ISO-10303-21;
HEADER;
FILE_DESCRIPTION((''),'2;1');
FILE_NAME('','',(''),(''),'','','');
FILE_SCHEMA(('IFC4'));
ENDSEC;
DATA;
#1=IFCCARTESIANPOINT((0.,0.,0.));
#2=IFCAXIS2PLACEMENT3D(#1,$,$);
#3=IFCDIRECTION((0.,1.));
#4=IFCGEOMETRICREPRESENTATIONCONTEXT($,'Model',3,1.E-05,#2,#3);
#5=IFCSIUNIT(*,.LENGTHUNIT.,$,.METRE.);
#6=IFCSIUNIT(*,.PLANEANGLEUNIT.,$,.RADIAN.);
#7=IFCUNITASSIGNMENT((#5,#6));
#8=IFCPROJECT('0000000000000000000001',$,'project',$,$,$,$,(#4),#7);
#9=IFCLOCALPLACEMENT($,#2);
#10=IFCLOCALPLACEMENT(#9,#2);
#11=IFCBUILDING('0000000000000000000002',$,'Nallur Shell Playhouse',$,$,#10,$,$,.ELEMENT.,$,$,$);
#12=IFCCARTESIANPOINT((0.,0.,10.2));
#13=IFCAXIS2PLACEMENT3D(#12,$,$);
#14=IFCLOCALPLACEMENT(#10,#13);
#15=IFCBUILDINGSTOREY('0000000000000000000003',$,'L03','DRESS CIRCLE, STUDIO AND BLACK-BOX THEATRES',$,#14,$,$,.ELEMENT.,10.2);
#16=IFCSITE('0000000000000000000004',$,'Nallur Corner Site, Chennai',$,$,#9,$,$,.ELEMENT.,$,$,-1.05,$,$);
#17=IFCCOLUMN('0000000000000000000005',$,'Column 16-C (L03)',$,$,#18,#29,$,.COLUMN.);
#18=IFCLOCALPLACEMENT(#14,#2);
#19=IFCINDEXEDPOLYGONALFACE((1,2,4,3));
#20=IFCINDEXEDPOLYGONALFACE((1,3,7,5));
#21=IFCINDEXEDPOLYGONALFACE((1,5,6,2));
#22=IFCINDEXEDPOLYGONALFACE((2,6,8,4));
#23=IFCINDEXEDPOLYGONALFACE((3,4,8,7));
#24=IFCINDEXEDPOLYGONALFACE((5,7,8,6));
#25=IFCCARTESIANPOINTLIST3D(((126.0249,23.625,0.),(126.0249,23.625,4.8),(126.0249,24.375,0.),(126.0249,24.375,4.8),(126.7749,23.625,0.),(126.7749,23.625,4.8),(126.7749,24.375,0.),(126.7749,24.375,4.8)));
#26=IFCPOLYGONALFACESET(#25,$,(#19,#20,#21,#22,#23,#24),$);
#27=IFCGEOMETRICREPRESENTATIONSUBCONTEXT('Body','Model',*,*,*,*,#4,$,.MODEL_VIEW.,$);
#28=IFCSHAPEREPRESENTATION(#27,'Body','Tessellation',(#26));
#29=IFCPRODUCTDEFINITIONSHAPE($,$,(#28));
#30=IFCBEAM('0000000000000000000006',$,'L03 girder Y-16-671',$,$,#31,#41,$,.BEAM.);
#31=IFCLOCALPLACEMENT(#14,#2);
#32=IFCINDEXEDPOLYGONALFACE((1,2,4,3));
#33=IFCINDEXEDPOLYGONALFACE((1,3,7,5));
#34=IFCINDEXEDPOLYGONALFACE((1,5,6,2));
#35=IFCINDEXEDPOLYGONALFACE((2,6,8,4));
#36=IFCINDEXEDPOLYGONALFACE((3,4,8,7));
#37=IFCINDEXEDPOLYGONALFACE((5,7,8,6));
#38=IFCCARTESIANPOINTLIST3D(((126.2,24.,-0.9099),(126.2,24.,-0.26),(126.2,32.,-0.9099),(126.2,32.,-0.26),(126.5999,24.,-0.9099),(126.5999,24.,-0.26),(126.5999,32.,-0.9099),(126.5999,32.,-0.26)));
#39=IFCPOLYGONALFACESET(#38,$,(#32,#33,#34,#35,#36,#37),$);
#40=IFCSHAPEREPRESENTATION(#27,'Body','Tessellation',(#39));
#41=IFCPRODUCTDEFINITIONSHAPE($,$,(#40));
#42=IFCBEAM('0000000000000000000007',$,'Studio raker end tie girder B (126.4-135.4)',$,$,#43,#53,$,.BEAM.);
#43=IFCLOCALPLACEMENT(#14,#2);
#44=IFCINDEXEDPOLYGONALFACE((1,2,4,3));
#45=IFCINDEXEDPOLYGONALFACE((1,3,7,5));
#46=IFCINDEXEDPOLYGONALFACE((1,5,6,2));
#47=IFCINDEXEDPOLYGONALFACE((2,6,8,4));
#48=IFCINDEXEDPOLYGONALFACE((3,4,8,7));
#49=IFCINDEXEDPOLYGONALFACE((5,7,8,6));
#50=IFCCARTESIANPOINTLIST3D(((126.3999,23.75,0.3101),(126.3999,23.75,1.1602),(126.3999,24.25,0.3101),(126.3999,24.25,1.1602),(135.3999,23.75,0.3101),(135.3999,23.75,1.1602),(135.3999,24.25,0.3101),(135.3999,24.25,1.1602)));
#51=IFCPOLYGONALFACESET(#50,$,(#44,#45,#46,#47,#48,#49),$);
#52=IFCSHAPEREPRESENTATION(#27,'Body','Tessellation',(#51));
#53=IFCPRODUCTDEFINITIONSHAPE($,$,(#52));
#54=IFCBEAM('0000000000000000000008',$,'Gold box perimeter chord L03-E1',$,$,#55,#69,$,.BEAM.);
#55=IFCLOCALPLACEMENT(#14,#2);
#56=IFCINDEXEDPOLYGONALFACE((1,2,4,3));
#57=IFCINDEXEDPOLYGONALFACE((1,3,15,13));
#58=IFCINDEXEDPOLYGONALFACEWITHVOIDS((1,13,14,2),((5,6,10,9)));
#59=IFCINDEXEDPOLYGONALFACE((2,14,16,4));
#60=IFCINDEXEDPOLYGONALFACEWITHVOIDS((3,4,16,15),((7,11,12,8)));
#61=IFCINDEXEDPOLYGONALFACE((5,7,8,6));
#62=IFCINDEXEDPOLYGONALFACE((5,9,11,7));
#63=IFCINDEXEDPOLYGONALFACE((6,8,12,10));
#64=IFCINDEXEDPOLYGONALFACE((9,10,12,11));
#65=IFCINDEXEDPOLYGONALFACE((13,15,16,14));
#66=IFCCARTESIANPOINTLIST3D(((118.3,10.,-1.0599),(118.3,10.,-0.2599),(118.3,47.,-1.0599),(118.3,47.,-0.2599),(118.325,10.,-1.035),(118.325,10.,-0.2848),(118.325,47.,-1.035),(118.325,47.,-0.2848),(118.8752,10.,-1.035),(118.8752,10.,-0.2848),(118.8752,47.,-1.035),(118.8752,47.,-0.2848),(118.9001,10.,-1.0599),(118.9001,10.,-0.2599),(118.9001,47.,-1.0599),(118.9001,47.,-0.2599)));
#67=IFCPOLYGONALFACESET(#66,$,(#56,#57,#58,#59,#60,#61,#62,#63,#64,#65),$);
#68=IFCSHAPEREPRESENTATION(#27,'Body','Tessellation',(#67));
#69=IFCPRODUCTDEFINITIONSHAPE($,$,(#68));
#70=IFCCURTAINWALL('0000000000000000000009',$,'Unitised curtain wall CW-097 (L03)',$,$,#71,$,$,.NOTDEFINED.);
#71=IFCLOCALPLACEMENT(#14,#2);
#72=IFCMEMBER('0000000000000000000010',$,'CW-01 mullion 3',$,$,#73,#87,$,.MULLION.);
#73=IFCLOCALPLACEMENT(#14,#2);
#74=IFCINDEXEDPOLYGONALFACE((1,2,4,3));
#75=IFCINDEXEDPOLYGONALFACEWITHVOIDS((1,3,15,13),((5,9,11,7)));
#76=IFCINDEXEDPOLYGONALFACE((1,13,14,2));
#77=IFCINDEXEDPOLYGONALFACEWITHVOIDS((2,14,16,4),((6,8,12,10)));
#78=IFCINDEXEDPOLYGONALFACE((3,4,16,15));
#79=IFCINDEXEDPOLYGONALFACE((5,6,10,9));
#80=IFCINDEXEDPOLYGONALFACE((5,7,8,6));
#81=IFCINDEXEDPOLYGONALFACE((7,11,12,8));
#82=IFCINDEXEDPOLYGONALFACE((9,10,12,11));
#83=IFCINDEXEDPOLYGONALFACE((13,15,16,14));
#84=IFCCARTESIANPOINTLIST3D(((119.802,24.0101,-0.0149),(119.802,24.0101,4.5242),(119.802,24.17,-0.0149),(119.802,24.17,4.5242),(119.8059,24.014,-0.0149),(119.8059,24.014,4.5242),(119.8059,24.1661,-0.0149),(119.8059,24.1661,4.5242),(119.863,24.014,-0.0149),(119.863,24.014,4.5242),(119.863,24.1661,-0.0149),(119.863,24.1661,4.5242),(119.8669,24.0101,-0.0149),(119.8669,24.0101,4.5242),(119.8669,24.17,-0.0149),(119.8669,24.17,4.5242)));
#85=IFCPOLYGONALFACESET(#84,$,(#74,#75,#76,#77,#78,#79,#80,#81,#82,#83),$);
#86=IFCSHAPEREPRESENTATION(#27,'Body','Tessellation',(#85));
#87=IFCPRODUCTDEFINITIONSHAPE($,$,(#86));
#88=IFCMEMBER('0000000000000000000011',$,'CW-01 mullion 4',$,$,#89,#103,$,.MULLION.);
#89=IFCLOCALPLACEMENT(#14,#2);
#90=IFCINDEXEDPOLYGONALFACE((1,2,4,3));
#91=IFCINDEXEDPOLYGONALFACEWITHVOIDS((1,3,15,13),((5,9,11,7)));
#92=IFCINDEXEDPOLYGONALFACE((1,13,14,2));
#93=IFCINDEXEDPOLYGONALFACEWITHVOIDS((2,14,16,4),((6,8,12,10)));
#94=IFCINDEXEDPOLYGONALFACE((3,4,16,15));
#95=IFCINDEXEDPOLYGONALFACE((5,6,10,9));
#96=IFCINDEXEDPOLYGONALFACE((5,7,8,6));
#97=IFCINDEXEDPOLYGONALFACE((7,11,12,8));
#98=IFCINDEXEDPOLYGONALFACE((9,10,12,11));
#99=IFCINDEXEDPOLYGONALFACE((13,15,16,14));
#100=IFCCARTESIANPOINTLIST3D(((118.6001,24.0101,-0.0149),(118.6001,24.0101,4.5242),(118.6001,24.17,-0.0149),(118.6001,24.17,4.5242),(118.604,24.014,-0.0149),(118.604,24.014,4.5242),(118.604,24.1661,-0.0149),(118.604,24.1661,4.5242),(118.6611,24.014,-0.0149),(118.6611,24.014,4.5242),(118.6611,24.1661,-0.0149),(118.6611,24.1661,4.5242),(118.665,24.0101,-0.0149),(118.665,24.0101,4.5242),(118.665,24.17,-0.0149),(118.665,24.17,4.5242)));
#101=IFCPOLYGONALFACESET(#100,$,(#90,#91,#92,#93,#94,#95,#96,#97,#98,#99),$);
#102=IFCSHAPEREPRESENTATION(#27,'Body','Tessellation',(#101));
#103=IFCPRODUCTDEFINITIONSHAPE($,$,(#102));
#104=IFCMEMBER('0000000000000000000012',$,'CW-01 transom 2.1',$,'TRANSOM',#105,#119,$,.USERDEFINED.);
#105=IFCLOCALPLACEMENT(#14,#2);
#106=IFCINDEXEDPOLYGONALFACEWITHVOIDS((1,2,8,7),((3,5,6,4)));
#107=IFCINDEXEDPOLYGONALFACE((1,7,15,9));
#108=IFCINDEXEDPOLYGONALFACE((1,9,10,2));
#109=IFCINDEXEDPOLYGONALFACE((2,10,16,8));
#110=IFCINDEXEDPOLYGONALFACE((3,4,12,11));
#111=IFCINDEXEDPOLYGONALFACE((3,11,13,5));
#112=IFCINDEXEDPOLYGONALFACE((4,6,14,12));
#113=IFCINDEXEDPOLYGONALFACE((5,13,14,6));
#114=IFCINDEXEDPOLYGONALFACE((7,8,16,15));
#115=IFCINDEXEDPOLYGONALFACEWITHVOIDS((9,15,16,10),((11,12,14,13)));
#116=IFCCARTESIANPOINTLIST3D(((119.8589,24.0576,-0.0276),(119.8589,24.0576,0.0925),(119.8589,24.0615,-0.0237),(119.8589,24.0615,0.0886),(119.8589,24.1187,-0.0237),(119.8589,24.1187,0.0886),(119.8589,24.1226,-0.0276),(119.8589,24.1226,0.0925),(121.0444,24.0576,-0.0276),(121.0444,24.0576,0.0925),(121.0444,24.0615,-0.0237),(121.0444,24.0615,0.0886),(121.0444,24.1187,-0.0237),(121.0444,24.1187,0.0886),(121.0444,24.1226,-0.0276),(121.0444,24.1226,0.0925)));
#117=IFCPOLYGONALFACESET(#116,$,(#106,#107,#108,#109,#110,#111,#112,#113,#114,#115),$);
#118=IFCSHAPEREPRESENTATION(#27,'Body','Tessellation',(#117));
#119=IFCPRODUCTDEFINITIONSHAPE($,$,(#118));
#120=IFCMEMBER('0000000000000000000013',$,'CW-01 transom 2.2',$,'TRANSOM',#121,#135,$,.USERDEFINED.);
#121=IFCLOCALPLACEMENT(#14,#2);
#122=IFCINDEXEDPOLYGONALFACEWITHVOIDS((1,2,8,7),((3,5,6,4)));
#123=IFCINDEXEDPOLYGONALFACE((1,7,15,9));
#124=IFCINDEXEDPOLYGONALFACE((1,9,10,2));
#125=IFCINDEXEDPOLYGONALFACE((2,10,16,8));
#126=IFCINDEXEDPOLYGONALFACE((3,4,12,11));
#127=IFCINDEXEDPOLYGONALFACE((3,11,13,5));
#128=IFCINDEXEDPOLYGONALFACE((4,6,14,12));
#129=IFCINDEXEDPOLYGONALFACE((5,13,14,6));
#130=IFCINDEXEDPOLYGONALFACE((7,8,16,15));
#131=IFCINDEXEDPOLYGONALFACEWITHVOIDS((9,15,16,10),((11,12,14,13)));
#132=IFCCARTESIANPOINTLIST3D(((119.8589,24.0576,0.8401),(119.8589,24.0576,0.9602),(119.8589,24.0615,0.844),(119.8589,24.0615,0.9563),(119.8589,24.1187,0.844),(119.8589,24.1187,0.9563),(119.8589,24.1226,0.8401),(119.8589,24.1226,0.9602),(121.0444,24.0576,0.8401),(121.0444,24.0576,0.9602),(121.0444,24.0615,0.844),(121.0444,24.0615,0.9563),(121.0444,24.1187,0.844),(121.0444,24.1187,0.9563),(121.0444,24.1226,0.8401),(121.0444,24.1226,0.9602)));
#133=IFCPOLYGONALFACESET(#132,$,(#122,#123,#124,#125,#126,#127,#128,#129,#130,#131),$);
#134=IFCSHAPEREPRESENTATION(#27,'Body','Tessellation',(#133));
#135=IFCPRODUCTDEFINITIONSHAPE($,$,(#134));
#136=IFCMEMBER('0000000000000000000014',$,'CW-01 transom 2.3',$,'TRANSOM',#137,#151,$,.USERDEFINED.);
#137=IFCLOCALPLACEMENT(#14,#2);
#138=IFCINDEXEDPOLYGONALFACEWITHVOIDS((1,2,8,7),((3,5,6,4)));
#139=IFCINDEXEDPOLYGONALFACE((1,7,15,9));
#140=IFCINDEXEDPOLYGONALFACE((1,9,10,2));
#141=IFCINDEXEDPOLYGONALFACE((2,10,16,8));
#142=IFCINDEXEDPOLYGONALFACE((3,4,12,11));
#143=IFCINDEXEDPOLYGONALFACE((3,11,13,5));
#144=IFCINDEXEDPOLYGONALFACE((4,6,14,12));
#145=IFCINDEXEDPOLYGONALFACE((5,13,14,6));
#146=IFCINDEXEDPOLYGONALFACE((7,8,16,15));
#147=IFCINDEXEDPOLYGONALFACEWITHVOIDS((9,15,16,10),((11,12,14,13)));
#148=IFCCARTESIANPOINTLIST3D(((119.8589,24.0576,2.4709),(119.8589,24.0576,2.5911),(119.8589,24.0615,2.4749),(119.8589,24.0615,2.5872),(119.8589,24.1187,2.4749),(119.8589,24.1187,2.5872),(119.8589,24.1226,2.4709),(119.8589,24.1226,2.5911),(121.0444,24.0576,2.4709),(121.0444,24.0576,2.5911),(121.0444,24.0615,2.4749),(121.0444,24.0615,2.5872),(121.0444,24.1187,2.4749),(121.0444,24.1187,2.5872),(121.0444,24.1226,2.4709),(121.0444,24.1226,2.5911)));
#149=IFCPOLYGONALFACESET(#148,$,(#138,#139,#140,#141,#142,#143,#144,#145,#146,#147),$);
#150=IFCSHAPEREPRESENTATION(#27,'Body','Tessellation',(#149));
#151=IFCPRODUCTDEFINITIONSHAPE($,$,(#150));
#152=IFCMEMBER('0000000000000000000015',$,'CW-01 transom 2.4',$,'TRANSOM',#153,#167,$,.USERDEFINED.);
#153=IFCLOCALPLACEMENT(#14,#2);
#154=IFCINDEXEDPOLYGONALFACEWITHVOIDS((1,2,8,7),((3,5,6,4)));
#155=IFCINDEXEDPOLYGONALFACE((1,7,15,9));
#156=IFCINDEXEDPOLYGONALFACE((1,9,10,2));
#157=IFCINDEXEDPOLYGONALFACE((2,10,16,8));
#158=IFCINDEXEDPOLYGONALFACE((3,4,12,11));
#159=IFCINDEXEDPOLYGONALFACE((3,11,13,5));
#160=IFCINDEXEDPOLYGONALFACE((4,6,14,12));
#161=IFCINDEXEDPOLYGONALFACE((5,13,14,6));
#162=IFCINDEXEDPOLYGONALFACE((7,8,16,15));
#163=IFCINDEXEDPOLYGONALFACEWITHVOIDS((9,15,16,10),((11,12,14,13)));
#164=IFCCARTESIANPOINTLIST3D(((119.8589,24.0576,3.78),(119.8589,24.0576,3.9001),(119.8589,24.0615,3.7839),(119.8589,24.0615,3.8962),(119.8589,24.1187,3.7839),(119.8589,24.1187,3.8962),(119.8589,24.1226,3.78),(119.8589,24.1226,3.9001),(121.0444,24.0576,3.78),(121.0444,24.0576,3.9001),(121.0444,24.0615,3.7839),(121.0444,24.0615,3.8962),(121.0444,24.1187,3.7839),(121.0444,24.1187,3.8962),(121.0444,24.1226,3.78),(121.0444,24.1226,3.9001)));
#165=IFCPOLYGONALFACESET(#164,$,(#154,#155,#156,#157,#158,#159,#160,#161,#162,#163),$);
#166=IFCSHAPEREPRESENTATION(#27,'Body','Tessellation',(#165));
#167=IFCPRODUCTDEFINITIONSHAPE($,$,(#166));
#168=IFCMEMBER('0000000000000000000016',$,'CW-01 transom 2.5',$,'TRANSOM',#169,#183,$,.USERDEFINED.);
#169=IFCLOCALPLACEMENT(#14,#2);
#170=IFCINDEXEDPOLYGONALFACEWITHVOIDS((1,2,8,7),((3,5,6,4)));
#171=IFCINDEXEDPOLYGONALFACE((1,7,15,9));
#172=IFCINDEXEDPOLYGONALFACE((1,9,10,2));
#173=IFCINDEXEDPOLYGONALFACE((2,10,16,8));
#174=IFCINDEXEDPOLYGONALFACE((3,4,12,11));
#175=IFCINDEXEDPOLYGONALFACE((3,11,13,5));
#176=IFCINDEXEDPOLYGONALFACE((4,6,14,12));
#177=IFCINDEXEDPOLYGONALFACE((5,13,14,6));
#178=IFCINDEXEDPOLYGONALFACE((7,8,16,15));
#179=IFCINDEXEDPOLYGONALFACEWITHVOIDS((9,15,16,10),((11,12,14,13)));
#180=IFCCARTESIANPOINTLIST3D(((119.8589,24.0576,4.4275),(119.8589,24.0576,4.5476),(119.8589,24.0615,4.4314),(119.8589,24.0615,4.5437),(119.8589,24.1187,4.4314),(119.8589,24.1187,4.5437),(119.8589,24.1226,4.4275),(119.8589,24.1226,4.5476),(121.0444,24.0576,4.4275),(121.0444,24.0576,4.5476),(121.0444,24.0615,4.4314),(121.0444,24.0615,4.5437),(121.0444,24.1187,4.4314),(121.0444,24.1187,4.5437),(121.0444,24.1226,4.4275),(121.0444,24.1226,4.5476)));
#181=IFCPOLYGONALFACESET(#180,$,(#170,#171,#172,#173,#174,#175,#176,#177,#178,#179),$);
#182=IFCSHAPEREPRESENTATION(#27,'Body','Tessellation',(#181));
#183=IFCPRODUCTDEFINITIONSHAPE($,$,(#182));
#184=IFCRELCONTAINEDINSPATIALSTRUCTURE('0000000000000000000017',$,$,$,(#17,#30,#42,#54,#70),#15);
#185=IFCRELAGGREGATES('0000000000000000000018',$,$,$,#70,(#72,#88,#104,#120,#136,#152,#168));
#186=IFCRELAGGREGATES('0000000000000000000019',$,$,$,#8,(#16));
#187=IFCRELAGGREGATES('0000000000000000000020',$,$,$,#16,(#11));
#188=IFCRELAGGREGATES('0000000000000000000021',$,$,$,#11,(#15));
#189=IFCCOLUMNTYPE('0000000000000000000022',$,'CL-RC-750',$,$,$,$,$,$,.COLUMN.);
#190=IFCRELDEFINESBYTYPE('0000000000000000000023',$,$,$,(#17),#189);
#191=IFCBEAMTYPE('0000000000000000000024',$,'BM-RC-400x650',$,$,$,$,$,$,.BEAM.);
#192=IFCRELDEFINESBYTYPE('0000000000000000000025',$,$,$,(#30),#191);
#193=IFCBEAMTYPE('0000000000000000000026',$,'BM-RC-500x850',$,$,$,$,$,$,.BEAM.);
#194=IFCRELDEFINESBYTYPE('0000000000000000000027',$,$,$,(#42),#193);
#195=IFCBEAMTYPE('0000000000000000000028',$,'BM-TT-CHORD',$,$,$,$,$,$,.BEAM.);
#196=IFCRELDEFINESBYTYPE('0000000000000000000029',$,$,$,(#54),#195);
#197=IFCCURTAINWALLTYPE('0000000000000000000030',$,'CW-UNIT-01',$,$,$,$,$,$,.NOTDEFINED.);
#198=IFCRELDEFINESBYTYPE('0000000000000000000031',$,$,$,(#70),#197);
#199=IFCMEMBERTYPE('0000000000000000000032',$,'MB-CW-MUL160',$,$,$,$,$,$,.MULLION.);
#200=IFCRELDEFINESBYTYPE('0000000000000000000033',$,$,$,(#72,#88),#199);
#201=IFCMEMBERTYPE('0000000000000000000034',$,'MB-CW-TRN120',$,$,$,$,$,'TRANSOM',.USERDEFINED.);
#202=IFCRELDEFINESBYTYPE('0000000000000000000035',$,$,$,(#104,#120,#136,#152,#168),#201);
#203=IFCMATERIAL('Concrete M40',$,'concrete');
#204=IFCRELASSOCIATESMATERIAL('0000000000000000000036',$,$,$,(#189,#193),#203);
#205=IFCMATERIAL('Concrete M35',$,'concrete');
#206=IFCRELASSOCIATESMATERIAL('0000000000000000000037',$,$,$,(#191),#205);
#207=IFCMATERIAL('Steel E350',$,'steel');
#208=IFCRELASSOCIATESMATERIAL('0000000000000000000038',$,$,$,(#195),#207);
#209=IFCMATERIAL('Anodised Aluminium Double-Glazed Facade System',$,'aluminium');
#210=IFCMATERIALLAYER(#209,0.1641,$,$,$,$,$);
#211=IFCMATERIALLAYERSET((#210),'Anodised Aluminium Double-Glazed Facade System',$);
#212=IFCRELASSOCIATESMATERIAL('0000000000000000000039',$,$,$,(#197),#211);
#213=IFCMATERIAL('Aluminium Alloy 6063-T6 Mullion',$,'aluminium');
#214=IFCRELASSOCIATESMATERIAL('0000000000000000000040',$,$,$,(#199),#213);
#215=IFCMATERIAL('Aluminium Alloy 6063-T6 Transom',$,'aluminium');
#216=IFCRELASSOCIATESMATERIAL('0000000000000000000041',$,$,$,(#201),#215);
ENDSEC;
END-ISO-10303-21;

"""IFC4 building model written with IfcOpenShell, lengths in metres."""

from ifc_helpers import new_model, si_unit, direction, frame, origin, origin_2d, place, context, subcontext, project, spatial, rectangle, hollow_rectangle, extrude, material, layer, layer_set, material_profile, profile_set, type_object, element, aggregate, save


model = new_model("IFC4")

# Units and contexts
model_context = context("Model", 3, precision=1e-05, world=origin(), true_north=direction((0.0, 1.0)))
body_context = subcontext(model_context, "Body", "Model", "MODEL_VIEW")
ifc_project = project(units=[si_unit("LENGTHUNIT", "METRE"), si_unit("PLANEANGLEUNIT", "RADIAN")], contexts=[model_context])

# Site, building, storey
site_placement = place(None, origin())
site = spatial("IfcSite", under=ifc_project, at=site_placement, Name="Nallur Corner Site, Chennai", CompositionType="ELEMENT", RefElevation=-1.05)
building_placement = place(site_placement, origin())
building = spatial("IfcBuilding", under=site, at=building_placement, Name="Nallur Shell Playhouse", CompositionType="ELEMENT")
storey_placement = place(building_placement, frame((0.0, 0.0, 10.2)))
storey = spatial("IfcBuildingStorey", under=building, at=storey_placement, Name="L03", Description="DRESS CIRCLE, STUDIO AND BLACK-BOX THEATRES", CompositionType="ELEMENT", Elevation=10.2)

# Column
ifc_material_1 = material(Name="Concrete M40", Category="concrete")
ifc_material_profile_1 = material_profile(ifc_material_1, rectangle(XDim=0.75, YDim=0.75, at=origin_2d()), Name="RC 750x750")
ifc_profile_set_1 = profile_set([ifc_material_profile_1], Name="Concrete M40")
column_type = type_object("IfcColumnType", Name="CL-RC-750", PredefinedType="COLUMN", material=ifc_profile_set_1)
column_placement = place(storey_placement, frame((126.3999, 24.0, 0.0), z_axis=(0.0, 0.0, 1.0), x_axis=(1.0, 0.0, 0.0)))
element("IfcColumn", 1, at=column_placement, inside=storey, type_object=column_type, Name="Column 16-C (L03)", PredefinedType="COLUMN", context=body_context, shape_type="SweptSolid", body=[
    extrude(rectangle(XDim=0.75, YDim=0.75, at=origin_2d()), origin(), (0.0, 0.0, 1.0), 4.8),
])

# Beams
ifc_material_2 = material(Name="Concrete M35", Category="concrete")
ifc_material_profile_2 = material_profile(ifc_material_2, rectangle(XDim=0.3999, YDim=0.6499, at=origin_2d()), Name="RC 400x650")
ifc_profile_set_2 = profile_set([ifc_material_profile_2], Name="Concrete M35")
beam_type_1 = type_object("IfcBeamType", Name="BM-RC-400x650", PredefinedType="BEAM", material=ifc_profile_set_2)
beam_1_placement = place(storey_placement, frame((126.3999, 24.0, -0.585), z_axis=(0.0, 1.0, 0.0), x_axis=(-1.0, 0.0, 0.0)))
element("IfcBeam", 2, at=beam_1_placement, inside=storey, type_object=beam_type_1, Name="L03 girder Y-16-671", PredefinedType="BEAM", context=body_context, shape_type="SweptSolid", body=[
    extrude(rectangle(XDim=0.3999, YDim=0.6499, at=origin_2d()), origin(), (0.0, 0.0, 1.0), 8.0),
])
ifc_material_profile_3 = material_profile(ifc_material_1, rectangle(XDim=0.5, YDim=0.8501, at=origin_2d()), Name="RC 500x850")
ifc_profile_set_3 = profile_set([ifc_material_profile_3], Name="Concrete M40")
beam_type_2 = type_object("IfcBeamType", Name="BM-RC-500x850", PredefinedType="BEAM", material=ifc_profile_set_3)
beam_2_placement = place(storey_placement, frame((126.3999, 24.0, 0.7351), z_axis=(1.0, 0.0, 0.0), x_axis=(0.0, 1.0, 0.0)))
element("IfcBeam", 3, at=beam_2_placement, inside=storey, type_object=beam_type_2, Name="Studio raker end tie girder B (126.4-135.4)", PredefinedType="BEAM", context=body_context, shape_type="SweptSolid", body=[
    extrude(rectangle(XDim=0.5, YDim=0.8501, at=origin_2d()), origin(), (0.0, 0.0, 1.0), 9.0),
])
ifc_material_3 = material(Name="Steel E350", Category="steel")
ifc_material_profile_4 = material_profile(ifc_material_3, hollow_rectangle(XDim=0.6001, YDim=0.8, WallThickness=0.0249, at=origin_2d()), Name="BOX 600x800x25")
ifc_profile_set_4 = profile_set([ifc_material_profile_4], Name="Steel E350")
beam_type_3 = type_object("IfcBeamType", Name="BM-TT-CHORD", PredefinedType="BEAM", material=ifc_profile_set_4)
beam_3_placement = place(storey_placement, frame((118.6001, 10.0, -0.6599), z_axis=(0.0, 1.0, 0.0), x_axis=(-1.0, 0.0, 0.0)))
element("IfcBeam", 4, at=beam_3_placement, inside=storey, type_object=beam_type_3, Name="Gold box perimeter chord L03-E1", PredefinedType="BEAM", context=body_context, shape_type="SweptSolid", body=[
    extrude(hollow_rectangle(XDim=0.6001, YDim=0.8, WallThickness=0.0249, at=origin_2d()), origin(), (0.0, 0.0, 1.0), 37.0),
])

# Curtain wall, members
ifc_material_4 = material(Name="Anodised Aluminium Double-Glazed Facade System", Category="aluminium")
ifc_layer_1 = layer(ifc_material_4, 0.1641)
ifc_layer_set_1 = layer_set([ifc_layer_1], Name="Anodised Aluminium Double-Glazed Facade System")
curtain_wall_type = type_object("IfcCurtainWallType", Name="CW-UNIT-01", PredefinedType="NOTDEFINED", material=ifc_layer_set_1)
curtain_wall_placement = place(storey_placement, origin())
curtain_wall = element("IfcCurtainWall", 5, at=curtain_wall_placement, inside=storey, type_object=curtain_wall_type, Name="Unitised curtain wall CW-097 (L03)", PredefinedType="NOTDEFINED")
ifc_material_5 = material(Name="Aluminium Alloy 6063-T6 Mullion", Category="aluminium")
ifc_material_profile_5 = material_profile(ifc_material_5, hollow_rectangle(XDim=0.0649, YDim=0.1599, WallThickness=0.0039, at=origin_2d()), Name="ALU 65x160x4")
ifc_profile_set_5 = profile_set([ifc_material_profile_5], Name="Aluminium Alloy 6063-T6 Mullion")
member_type_1 = type_object("IfcMemberType", Name="MB-CW-MUL160", PredefinedType="MULLION", material=ifc_profile_set_5)
member_1_placement = place(storey_placement, frame((119.8345, 24.0901, -0.0149), z_axis=(0.0, 0.0, 1.0), x_axis=(-1.0, 0.0, 0.0)))
member_1 = element("IfcMember", 6, at=member_1_placement, type_object=member_type_1, Name="CW-01 mullion 3", PredefinedType="MULLION", context=body_context, shape_type="SweptSolid", body=[
    extrude(hollow_rectangle(XDim=0.0649, YDim=0.1599, WallThickness=0.0039, at=origin_2d()), origin(), (0.0, 0.0, 1.0), 4.5391),
])
member_2_placement = place(storey_placement, frame((118.6326, 24.0901, -0.0149), z_axis=(0.0, 0.0, 1.0), x_axis=(-1.0, 0.0, 0.0)))
member_2 = element("IfcMember", 7, at=member_2_placement, type_object=member_type_1, Name="CW-01 mullion 4", PredefinedType="MULLION", context=body_context, shape_type="SweptSolid", body=[
    extrude(hollow_rectangle(XDim=0.0649, YDim=0.1599, WallThickness=0.0039, at=origin_2d()), origin(), (0.0, 0.0, 1.0), 4.5391),
])
ifc_material_6 = material(Name="Aluminium Alloy 6063-T6 Transom", Category="aluminium")
ifc_material_profile_6 = material_profile(ifc_material_6, hollow_rectangle(XDim=0.0649, YDim=0.1201, WallThickness=0.0039, at=origin_2d()), Name="ALU 65x120x4")
ifc_profile_set_6 = profile_set([ifc_material_profile_6], Name="Aluminium Alloy 6063-T6 Transom")
member_type_2 = type_object("IfcMemberType", Name="MB-CW-TRN120", ElementType="TRANSOM", PredefinedType="USERDEFINED", material=ifc_profile_set_6)
member_3_placement = place(storey_placement, frame((121.0444, 24.0901, 0.0325), z_axis=(-1.0, 0.0, 0.0), x_axis=(0.0, -1.0, 0.0)))
member_3 = element("IfcMember", 8, at=member_3_placement, type_object=member_type_2, Name="CW-01 transom 2.1", ObjectType="TRANSOM", PredefinedType="USERDEFINED", context=body_context, shape_type="SweptSolid", body=[
    extrude(hollow_rectangle(XDim=0.0649, YDim=0.1201, WallThickness=0.0039, at=origin_2d()), origin(), (0.0, 0.0, 1.0), 1.1855),
])
member_4_placement = place(storey_placement, frame((121.0444, 24.0901, 0.9001), z_axis=(-1.0, 0.0, 0.0), x_axis=(0.0, -1.0, 0.0)))
member_4 = element("IfcMember", 9, at=member_4_placement, type_object=member_type_2, Name="CW-01 transom 2.2", ObjectType="TRANSOM", PredefinedType="USERDEFINED", context=body_context, shape_type="SweptSolid", body=[
    extrude(hollow_rectangle(XDim=0.0649, YDim=0.1201, WallThickness=0.0039, at=origin_2d()), origin(), (0.0, 0.0, 1.0), 1.1855),
])
member_5_placement = place(storey_placement, frame((121.0444, 24.0901, 2.531), z_axis=(-1.0, 0.0, 0.0), x_axis=(0.0, -1.0, 0.0)))
member_5 = element("IfcMember", 10, at=member_5_placement, type_object=member_type_2, Name="CW-01 transom 2.3", ObjectType="TRANSOM", PredefinedType="USERDEFINED", context=body_context, shape_type="SweptSolid", body=[
    extrude(hollow_rectangle(XDim=0.0649, YDim=0.1201, WallThickness=0.0039, at=origin_2d()), origin(), (0.0, 0.0, 1.0), 1.1855),
])
member_6_placement = place(storey_placement, frame((121.0444, 24.0901, 3.8401), z_axis=(-1.0, 0.0, 0.0), x_axis=(0.0, -1.0, 0.0)))
member_6 = element("IfcMember", 11, at=member_6_placement, type_object=member_type_2, Name="CW-01 transom 2.4", ObjectType="TRANSOM", PredefinedType="USERDEFINED", context=body_context, shape_type="SweptSolid", body=[
    extrude(hollow_rectangle(XDim=0.0649, YDim=0.1201, WallThickness=0.0039, at=origin_2d()), origin(), (0.0, 0.0, 1.0), 1.1855),
])
member_7_placement = place(storey_placement, frame((121.0444, 24.0901, 4.4875), z_axis=(-1.0, 0.0, 0.0), x_axis=(0.0, -1.0, 0.0)))
member_7 = element("IfcMember", 12, at=member_7_placement, type_object=member_type_2, Name="CW-01 transom 2.5", ObjectType="TRANSOM", PredefinedType="USERDEFINED", context=body_context, shape_type="SweptSolid", body=[
    extrude(hollow_rectangle(XDim=0.0649, YDim=0.1201, WallThickness=0.0039, at=origin_2d()), origin(), (0.0, 0.0, 1.0), 1.1855),
])

aggregate(curtain_wall, [member_1, member_2, member_3, member_4, member_5, member_6, member_7])

save(model, "model.ifc")
